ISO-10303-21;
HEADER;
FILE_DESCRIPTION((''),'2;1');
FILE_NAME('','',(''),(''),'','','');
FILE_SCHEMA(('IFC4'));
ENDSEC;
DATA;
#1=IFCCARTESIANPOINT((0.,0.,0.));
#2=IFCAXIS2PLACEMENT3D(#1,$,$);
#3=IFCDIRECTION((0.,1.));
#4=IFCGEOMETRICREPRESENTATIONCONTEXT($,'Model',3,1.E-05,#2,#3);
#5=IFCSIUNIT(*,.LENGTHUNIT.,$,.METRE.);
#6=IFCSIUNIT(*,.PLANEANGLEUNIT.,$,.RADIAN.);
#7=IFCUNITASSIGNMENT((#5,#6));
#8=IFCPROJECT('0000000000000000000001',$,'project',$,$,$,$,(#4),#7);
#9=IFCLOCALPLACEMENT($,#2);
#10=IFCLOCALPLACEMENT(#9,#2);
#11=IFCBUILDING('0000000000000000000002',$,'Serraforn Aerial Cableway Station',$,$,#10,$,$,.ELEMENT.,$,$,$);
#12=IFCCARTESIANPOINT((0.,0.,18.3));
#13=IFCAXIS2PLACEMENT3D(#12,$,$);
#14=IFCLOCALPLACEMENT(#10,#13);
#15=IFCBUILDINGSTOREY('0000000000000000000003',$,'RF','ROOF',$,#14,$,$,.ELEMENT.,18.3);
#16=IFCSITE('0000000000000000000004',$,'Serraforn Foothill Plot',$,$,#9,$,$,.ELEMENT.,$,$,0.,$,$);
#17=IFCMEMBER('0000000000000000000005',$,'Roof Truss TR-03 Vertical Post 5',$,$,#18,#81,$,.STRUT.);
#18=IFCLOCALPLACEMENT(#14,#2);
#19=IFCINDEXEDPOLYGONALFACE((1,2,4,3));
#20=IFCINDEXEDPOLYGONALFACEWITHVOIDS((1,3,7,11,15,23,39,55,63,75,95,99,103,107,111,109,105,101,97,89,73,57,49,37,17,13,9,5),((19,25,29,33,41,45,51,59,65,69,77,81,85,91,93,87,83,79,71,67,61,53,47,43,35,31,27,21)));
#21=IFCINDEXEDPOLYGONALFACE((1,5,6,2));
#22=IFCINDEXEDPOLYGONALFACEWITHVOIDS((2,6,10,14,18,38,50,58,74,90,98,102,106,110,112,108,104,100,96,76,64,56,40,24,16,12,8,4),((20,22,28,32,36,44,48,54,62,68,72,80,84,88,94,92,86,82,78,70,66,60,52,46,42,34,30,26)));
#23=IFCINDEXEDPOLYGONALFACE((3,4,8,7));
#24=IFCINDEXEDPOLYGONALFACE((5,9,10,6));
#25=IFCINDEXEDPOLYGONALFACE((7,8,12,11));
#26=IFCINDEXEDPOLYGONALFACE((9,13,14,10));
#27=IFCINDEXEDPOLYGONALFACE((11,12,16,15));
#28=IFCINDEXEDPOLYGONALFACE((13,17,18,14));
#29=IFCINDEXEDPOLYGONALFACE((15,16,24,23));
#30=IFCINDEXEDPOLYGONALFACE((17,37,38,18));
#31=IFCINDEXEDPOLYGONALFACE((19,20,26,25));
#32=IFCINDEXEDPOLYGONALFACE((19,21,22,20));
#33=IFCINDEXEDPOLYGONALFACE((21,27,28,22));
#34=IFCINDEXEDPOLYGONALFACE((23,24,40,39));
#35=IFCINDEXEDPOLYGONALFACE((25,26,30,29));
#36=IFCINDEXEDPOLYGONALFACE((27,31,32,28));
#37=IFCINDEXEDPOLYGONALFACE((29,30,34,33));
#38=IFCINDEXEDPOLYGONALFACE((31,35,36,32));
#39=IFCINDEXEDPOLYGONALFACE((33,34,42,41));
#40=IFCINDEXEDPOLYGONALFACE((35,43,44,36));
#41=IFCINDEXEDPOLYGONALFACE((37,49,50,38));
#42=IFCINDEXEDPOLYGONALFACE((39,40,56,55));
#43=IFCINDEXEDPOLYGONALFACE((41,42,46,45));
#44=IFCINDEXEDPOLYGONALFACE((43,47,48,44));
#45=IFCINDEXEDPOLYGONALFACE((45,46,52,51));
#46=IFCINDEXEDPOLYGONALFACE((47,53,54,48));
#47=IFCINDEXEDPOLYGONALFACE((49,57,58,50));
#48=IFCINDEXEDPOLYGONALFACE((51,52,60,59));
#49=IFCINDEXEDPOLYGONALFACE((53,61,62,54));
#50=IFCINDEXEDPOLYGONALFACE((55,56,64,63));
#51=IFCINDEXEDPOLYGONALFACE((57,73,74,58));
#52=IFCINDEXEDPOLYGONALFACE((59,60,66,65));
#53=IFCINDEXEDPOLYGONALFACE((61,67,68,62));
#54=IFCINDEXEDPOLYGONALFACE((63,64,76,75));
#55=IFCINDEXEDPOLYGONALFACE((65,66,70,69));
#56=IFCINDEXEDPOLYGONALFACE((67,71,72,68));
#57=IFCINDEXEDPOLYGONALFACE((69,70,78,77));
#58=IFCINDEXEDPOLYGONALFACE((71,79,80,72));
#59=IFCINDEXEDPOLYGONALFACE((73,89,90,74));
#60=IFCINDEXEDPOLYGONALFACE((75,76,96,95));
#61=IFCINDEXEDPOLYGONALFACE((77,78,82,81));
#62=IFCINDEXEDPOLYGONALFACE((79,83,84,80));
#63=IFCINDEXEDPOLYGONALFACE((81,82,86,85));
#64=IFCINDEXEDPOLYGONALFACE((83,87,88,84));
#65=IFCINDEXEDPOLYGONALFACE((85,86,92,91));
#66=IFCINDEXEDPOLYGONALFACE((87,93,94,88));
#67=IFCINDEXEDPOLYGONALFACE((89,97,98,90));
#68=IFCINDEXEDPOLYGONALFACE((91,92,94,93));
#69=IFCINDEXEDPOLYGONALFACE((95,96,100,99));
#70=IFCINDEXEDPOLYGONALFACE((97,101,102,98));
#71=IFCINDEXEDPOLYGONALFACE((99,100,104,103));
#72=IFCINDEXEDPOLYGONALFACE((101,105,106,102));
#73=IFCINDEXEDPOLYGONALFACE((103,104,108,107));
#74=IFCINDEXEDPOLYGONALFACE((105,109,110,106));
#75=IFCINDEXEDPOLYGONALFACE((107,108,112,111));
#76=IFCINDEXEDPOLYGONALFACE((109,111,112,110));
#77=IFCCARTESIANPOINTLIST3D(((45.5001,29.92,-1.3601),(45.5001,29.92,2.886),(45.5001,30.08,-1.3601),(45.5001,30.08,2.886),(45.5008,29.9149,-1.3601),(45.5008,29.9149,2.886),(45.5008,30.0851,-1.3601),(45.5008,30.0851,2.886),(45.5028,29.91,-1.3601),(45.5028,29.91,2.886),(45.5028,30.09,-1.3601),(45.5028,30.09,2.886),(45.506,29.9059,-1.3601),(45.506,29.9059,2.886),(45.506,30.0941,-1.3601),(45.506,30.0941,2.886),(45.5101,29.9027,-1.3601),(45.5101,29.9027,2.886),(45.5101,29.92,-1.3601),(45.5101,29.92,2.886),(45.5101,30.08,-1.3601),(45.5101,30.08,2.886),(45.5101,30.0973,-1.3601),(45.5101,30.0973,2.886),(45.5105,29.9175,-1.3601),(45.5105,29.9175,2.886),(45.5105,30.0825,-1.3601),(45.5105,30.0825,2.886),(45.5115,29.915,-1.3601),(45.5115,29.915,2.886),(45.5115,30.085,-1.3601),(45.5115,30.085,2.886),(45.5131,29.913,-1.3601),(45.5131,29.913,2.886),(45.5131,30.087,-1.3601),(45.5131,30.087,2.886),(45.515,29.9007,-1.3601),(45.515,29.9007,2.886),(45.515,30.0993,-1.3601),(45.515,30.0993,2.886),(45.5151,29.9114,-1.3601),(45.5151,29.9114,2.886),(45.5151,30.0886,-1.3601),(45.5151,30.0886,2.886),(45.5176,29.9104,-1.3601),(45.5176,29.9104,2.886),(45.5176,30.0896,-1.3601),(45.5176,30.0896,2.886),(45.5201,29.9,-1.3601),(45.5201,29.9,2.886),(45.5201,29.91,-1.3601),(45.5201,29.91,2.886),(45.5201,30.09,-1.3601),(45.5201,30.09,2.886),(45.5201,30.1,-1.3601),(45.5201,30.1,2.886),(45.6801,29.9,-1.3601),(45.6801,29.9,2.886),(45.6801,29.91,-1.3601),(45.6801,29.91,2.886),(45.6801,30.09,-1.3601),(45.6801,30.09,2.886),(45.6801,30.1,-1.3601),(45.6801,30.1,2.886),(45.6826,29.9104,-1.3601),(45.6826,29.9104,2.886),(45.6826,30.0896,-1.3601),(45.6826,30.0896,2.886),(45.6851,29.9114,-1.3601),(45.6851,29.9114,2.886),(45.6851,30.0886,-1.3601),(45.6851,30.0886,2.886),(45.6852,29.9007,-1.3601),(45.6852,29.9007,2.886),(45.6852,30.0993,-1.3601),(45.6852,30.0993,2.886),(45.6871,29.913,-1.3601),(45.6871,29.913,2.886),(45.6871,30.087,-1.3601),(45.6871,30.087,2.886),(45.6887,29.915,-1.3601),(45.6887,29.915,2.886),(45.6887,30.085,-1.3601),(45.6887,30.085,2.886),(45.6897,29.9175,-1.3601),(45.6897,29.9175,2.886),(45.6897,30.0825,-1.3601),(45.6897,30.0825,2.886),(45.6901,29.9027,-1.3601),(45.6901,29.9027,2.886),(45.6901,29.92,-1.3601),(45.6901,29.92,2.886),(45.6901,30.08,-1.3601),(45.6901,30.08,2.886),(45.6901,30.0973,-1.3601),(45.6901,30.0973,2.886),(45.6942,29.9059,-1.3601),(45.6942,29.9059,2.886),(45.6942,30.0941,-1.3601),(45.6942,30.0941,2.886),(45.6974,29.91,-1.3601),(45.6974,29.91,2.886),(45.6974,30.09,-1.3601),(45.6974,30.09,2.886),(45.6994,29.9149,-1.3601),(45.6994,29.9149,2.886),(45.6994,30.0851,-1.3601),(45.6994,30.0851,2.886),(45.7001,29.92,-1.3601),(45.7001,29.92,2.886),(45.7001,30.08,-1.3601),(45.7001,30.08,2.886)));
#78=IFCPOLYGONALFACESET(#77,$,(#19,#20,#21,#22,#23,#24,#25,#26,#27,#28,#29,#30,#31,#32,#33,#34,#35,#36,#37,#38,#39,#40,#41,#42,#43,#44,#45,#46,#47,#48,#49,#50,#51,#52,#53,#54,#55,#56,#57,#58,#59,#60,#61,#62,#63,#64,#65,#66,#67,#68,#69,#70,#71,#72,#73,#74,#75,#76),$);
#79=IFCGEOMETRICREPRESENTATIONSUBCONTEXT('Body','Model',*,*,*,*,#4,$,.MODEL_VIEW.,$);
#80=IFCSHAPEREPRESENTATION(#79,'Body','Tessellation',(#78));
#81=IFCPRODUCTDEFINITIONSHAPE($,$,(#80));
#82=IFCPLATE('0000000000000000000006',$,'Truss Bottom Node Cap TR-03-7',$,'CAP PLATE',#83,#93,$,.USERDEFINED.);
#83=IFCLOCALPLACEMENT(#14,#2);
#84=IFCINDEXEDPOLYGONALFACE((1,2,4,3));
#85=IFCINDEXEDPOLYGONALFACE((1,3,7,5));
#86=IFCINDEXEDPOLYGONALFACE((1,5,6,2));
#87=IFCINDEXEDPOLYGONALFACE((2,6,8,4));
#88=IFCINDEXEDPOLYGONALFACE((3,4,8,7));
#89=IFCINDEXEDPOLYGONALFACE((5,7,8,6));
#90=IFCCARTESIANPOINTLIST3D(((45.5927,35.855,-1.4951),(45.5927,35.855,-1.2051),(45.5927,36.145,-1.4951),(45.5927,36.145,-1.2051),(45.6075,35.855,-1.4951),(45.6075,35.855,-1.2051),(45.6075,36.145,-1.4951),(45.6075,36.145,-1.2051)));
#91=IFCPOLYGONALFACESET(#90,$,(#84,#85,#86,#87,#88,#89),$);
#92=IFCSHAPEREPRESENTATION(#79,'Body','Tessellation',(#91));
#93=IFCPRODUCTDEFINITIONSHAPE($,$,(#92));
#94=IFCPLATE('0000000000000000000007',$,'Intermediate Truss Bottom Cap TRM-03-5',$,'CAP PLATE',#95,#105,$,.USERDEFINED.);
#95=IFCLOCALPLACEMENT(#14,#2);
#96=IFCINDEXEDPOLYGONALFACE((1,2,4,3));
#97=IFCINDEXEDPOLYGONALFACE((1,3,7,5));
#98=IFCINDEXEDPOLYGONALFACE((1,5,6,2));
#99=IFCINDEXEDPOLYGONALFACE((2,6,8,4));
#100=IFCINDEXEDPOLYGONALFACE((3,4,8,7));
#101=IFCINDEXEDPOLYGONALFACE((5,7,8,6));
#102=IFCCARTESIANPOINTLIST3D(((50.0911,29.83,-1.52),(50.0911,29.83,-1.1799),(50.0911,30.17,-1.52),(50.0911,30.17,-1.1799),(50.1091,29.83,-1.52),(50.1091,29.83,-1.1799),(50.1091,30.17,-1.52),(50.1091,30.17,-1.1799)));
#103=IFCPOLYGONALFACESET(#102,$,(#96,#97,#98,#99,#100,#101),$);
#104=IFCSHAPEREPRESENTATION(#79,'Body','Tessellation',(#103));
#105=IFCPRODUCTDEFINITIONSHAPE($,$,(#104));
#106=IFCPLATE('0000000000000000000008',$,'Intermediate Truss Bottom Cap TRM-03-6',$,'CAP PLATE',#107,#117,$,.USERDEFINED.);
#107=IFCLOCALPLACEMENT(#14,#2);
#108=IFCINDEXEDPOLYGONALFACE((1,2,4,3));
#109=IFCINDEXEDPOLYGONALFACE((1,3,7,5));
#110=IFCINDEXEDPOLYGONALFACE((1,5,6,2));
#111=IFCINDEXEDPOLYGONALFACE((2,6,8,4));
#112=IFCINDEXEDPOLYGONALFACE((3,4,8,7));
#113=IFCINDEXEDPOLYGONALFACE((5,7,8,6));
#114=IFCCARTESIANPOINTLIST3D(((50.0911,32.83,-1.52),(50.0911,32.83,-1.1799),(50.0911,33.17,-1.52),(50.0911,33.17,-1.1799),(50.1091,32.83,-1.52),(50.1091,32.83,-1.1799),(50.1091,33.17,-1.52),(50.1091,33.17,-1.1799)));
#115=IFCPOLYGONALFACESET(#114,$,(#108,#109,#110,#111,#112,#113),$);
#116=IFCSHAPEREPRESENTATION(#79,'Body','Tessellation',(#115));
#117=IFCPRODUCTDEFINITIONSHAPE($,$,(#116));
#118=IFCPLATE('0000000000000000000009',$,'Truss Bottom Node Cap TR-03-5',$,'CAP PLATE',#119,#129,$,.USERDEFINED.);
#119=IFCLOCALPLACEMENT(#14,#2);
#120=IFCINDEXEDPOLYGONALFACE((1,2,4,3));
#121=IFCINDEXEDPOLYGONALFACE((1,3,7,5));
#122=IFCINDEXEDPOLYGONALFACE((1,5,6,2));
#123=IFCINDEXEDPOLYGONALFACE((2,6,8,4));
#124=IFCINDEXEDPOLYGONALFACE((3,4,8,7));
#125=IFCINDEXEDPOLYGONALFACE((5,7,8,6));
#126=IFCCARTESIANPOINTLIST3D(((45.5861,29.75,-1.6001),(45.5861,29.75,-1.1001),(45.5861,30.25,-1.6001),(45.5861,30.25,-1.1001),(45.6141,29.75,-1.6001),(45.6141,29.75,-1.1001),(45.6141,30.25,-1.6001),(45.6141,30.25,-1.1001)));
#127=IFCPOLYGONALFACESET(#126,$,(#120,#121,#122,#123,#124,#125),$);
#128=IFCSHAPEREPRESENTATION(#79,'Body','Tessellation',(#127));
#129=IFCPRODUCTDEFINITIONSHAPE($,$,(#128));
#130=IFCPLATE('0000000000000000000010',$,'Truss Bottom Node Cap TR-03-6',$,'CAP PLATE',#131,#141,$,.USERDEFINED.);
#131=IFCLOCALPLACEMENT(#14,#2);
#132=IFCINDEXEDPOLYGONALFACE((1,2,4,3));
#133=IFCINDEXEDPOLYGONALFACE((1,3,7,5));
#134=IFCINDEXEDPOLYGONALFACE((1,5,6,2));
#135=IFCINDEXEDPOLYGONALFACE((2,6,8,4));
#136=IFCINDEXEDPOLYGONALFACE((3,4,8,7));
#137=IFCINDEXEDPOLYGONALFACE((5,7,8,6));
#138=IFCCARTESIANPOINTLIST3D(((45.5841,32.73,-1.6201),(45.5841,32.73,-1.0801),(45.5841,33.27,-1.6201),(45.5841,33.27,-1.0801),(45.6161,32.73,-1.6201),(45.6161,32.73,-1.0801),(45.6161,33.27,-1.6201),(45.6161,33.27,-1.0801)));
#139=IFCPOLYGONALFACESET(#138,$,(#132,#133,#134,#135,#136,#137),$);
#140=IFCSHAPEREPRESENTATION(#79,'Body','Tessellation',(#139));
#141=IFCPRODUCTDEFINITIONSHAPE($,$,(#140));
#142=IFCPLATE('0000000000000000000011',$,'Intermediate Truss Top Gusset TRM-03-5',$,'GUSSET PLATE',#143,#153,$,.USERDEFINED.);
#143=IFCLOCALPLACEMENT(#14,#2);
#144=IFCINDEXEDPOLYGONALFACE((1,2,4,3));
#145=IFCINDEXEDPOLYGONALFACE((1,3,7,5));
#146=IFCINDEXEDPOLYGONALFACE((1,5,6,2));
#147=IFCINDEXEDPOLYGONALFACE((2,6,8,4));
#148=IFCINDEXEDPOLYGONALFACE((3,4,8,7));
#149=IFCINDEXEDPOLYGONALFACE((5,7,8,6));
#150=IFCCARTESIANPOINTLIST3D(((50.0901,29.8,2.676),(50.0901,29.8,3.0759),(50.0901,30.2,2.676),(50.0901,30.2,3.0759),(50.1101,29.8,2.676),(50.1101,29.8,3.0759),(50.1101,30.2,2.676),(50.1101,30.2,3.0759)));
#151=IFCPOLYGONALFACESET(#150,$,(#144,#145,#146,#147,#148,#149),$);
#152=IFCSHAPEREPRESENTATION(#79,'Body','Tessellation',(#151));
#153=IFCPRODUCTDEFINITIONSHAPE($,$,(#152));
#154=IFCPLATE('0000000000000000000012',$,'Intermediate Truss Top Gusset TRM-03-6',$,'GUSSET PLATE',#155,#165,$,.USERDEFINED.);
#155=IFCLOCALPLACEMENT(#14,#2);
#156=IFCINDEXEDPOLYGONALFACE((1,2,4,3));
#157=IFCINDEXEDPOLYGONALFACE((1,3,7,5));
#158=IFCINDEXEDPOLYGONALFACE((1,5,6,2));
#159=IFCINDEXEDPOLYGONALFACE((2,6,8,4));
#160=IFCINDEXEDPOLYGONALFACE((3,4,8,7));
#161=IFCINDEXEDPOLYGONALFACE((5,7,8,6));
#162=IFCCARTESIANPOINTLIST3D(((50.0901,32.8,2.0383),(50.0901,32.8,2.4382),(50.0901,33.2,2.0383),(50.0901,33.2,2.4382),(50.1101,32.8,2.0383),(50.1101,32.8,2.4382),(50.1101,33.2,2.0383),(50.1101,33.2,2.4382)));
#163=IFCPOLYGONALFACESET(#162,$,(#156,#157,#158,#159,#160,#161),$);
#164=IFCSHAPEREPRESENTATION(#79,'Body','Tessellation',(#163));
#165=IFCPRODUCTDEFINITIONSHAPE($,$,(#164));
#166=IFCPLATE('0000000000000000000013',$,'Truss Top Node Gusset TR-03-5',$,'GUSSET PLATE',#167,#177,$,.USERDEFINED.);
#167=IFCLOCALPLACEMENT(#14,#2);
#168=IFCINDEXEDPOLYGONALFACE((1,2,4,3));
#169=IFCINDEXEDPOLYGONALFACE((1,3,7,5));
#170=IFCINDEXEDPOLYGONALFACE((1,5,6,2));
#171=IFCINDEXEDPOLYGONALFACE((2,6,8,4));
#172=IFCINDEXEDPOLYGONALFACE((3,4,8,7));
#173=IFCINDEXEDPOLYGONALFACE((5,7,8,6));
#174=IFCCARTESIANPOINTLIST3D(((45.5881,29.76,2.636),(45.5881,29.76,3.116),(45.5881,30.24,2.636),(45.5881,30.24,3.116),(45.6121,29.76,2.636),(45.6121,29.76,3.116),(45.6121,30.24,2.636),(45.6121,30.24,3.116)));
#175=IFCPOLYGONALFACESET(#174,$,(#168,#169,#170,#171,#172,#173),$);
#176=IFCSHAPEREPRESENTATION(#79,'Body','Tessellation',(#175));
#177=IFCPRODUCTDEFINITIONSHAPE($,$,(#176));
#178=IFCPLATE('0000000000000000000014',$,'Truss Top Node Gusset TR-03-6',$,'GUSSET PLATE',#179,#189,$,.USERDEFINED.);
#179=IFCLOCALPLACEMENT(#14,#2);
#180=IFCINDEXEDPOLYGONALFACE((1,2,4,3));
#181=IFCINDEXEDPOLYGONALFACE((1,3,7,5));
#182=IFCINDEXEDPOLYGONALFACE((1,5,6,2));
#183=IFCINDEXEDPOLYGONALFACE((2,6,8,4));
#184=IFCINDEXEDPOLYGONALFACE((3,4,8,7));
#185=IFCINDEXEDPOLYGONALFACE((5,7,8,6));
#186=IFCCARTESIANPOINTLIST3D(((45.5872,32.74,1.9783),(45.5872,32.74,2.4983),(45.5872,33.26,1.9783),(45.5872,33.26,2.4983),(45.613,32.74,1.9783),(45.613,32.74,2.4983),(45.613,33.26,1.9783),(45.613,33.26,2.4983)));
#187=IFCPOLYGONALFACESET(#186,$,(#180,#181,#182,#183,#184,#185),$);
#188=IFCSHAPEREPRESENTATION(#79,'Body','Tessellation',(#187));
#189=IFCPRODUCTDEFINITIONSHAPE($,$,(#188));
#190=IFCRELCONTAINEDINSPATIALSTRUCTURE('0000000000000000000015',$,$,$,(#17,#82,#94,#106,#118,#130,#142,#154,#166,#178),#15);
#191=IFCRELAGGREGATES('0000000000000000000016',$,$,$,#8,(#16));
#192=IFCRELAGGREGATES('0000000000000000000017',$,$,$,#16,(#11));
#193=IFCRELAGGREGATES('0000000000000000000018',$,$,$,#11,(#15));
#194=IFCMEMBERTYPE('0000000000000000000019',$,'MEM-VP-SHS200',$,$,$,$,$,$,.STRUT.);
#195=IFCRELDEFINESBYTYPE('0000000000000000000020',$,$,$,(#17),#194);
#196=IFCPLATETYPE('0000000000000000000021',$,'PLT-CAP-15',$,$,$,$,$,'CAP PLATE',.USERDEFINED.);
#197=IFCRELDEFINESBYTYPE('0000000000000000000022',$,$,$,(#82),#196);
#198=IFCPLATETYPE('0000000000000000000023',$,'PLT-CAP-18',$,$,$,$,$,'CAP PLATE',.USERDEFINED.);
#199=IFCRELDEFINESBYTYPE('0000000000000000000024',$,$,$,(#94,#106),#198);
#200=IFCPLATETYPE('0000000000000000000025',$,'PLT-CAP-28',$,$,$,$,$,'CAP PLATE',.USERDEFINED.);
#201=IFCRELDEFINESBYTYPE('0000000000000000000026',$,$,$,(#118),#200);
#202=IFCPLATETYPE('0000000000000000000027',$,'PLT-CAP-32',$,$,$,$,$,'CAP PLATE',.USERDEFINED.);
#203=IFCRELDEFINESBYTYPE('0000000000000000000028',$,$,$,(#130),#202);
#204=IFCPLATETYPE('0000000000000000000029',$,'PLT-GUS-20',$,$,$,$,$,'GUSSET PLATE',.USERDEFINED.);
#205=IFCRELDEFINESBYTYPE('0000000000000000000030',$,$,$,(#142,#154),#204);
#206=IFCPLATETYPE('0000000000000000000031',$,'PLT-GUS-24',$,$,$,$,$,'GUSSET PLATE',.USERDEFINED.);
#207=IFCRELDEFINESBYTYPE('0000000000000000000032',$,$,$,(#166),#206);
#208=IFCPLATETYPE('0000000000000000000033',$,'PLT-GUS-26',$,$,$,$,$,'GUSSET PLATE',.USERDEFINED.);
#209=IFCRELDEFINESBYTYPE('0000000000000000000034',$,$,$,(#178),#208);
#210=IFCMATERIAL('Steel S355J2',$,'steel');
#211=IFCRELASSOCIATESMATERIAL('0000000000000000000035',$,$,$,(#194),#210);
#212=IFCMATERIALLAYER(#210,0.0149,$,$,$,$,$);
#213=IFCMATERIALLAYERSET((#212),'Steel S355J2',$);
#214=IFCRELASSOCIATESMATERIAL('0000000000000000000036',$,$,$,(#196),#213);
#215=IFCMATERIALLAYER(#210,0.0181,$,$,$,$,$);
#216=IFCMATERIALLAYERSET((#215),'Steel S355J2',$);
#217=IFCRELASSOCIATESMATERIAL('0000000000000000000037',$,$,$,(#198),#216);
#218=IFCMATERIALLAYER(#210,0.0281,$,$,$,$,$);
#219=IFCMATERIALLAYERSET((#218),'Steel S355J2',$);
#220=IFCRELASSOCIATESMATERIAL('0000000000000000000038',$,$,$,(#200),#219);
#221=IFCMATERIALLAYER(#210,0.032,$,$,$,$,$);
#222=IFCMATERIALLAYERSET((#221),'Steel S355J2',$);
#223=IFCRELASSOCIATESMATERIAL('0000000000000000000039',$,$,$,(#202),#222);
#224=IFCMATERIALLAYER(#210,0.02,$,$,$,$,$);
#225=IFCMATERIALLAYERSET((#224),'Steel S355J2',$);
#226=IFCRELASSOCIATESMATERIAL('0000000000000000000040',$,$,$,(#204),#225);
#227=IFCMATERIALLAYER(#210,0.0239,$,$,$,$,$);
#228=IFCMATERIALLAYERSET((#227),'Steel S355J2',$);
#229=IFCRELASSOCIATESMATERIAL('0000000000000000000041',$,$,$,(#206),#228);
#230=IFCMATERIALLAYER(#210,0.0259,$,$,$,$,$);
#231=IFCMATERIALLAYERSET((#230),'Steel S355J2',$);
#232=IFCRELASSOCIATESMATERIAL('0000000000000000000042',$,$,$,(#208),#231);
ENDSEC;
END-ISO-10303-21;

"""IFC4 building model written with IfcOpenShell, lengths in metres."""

from ifc_helpers import new_model, si_unit, direction, frame, origin, origin_2d, place, context, subcontext, project, spatial, rectangle, hollow_rectangle, extrude, material, layer, layer_set, material_profile, profile_set, type_object, element, save


model = new_model("IFC4")

# Units and contexts
model_context = context("Model", 3, precision=1e-05, world=origin(), true_north=direction((0.0, 1.0)))
body_context = subcontext(model_context, "Body", "Model", "MODEL_VIEW")
ifc_project = project(units=[si_unit("LENGTHUNIT", "METRE"), si_unit("PLANEANGLEUNIT", "RADIAN")], contexts=[model_context])

# Site, building, storey
site_placement = place(None, origin())
site = spatial("IfcSite", under=ifc_project, at=site_placement, Name="Serraforn Foothill Plot", CompositionType="ELEMENT", RefElevation=0.0)
building_placement = place(site_placement, origin())
building = spatial("IfcBuilding", under=site, at=building_placement, Name="Serraforn Aerial Cableway Station", CompositionType="ELEMENT")
storey_placement = place(building_placement, frame((0.0, 0.0, 18.3)))
storey = spatial("IfcBuildingStorey", under=building, at=storey_placement, Name="RF", Description="ROOF", CompositionType="ELEMENT", Elevation=18.3)

# Member
ifc_material_1 = material(Name="Steel S355J2", Category="steel")
ifc_material_profile_1 = material_profile(ifc_material_1, hollow_rectangle(XDim=0.2, YDim=0.2, WallThickness=0.01, InnerFilletRadius=0.01, OuterFilletRadius=0.02, at=origin_2d()), Name="SHS 200x200x10.0")
ifc_profile_set_1 = profile_set([ifc_material_profile_1], Name="Steel S355J2")
member_type_1 = type_object("IfcMemberType", Name="MEM-VP-SHS200", PredefinedType="STRUT", material=ifc_profile_set_1)
member_1_placement = place(storey_placement, frame((45.6001, 30.0, -1.3601), z_axis=(0.0, 0.0, 1.0), x_axis=(1.0, 0.0, 0.0)))
element("IfcMember", 1, at=member_1_placement, inside=storey, type_object=member_type_1, Name="Roof Truss TR-03 Vertical Post 5", PredefinedType="STRUT", context=body_context, shape_type="SweptSolid", body=[
    extrude(hollow_rectangle(XDim=0.2, YDim=0.2, WallThickness=0.01, InnerFilletRadius=0.01, OuterFilletRadius=0.02, at=origin_2d()), origin(), (0.0, 0.0, 1.0), 4.2461),
])

# Plates
ifc_layer_1 = layer(ifc_material_1, 0.0149)
ifc_layer_set_1 = layer_set([ifc_layer_1], Name="Steel S355J2")
plate_type_1 = type_object("IfcPlateType", Name="PLT-CAP-15", ElementType="CAP PLATE", PredefinedType="USERDEFINED", material=ifc_layer_set_1)
plate_1_placement = place(storey_placement, frame((45.6001, 36.0, -1.4951), z_axis=(0.0, 0.0, 1.0), x_axis=(1.0, 0.0, 0.0)))
element("IfcPlate", 2, at=plate_1_placement, inside=storey, type_object=plate_type_1, Name="Truss Bottom Node Cap TR-03-7", ObjectType="CAP PLATE", PredefinedType="USERDEFINED", context=body_context, shape_type="SweptSolid", body=[
    extrude(rectangle(XDim=0.0149, YDim=0.29, at=origin_2d()), origin(), (0.0, 0.0, 1.0), 0.29),
])
ifc_layer_2 = layer(ifc_material_1, 0.0181)
ifc_layer_set_2 = layer_set([ifc_layer_2], Name="Steel S355J2")
plate_type_2 = type_object("IfcPlateType", Name="PLT-CAP-18", ElementType="CAP PLATE", PredefinedType="USERDEFINED", material=ifc_layer_set_2)
for number, where, z_axis, x_axis, name in (
    (3, (50.1001, 30.0, -1.52), (0.0, 0.0, 1.0), (1.0, 0.0, 0.0), "Intermediate Truss Bottom Cap TRM-03-5"),
    (4, (50.1001, 33.0, -1.52), (0.0, 0.0, 1.0), (1.0, 0.0, 0.0), "Intermediate Truss Bottom Cap TRM-03-6"),
):
    element("IfcPlate", number, at=place(storey_placement, frame(where, z_axis=z_axis, x_axis=x_axis)), inside=storey, type_object=plate_type_2, Name=name, ObjectType="CAP PLATE", PredefinedType="USERDEFINED", context=body_context, shape_type="SweptSolid", body=[
        extrude(rectangle(XDim=0.0181, YDim=0.3401, at=origin_2d()), origin(), (0.0, 0.0, 1.0), 0.3401),
    ])
ifc_layer_3 = layer(ifc_material_1, 0.0281)
ifc_layer_set_3 = layer_set([ifc_layer_3], Name="Steel S355J2")
plate_type_3 = type_object("IfcPlateType", Name="PLT-CAP-28", ElementType="CAP PLATE", PredefinedType="USERDEFINED", material=ifc_layer_set_3)
plate_2_placement = place(storey_placement, frame((45.6001, 30.0, -1.6001), z_axis=(0.0, 0.0, 1.0), x_axis=(1.0, 0.0, 0.0)))
element("IfcPlate", 5, at=plate_2_placement, inside=storey, type_object=plate_type_3, Name="Truss Bottom Node Cap TR-03-5", ObjectType="CAP PLATE", PredefinedType="USERDEFINED", context=body_context, shape_type="SweptSolid", body=[
    extrude(rectangle(XDim=0.0281, YDim=0.5, at=origin_2d()), origin(), (0.0, 0.0, 1.0), 0.5),
])
ifc_layer_4 = layer(ifc_material_1, 0.032)
ifc_layer_set_4 = layer_set([ifc_layer_4], Name="Steel S355J2")
plate_type_4 = type_object("IfcPlateType", Name="PLT-CAP-32", ElementType="CAP PLATE", PredefinedType="USERDEFINED", material=ifc_layer_set_4)
plate_3_placement = place(storey_placement, frame((45.6001, 33.0, -1.6201), z_axis=(0.0, 0.0, 1.0), x_axis=(1.0, 0.0, 0.0)))
element("IfcPlate", 6, at=plate_3_placement, inside=storey, type_object=plate_type_4, Name="Truss Bottom Node Cap TR-03-6", ObjectType="CAP PLATE", PredefinedType="USERDEFINED", context=body_context, shape_type="SweptSolid", body=[
    extrude(rectangle(XDim=0.032, YDim=0.54, at=origin_2d()), origin(), (0.0, 0.0, 1.0), 0.54),
])
ifc_layer_5 = layer(ifc_material_1, 0.02)
ifc_layer_set_5 = layer_set([ifc_layer_5], Name="Steel S355J2")
plate_type_5 = type_object("IfcPlateType", Name="PLT-GUS-20", ElementType="GUSSET PLATE", PredefinedType="USERDEFINED", material=ifc_layer_set_5)
for number, where, z_axis, x_axis, name in (
    (7, (50.1001, 30.0, 2.676), (0.0, 0.0, 1.0), (1.0, 0.0, 0.0), "Intermediate Truss Top Gusset TRM-03-5"),
    (8, (50.1001, 33.0, 2.0383), (0.0, 0.0, 1.0), (1.0, 0.0, 0.0), "Intermediate Truss Top Gusset TRM-03-6"),
):
    element("IfcPlate", number, at=place(storey_placement, frame(where, z_axis=z_axis, x_axis=x_axis)), inside=storey, type_object=plate_type_5, Name=name, ObjectType="GUSSET PLATE", PredefinedType="USERDEFINED", context=body_context, shape_type="SweptSolid", body=[
        extrude(rectangle(XDim=0.02, YDim=0.3999, at=origin_2d()), origin(), (0.0, 0.0, 1.0), 0.3999),
    ])
ifc_layer_6 = layer(ifc_material_1, 0.0239)
ifc_layer_set_6 = layer_set([ifc_layer_6], Name="Steel S355J2")
plate_type_6 = type_object("IfcPlateType", Name="PLT-GUS-24", ElementType="GUSSET PLATE", PredefinedType="USERDEFINED", material=ifc_layer_set_6)
plate_4_placement = place(storey_placement, frame((45.6001, 30.0, 2.636), z_axis=(0.0, 0.0, 1.0), x_axis=(1.0, 0.0, 0.0)))
element("IfcPlate", 9, at=plate_4_placement, inside=storey, type_object=plate_type_6, Name="Truss Top Node Gusset TR-03-5", ObjectType="GUSSET PLATE", PredefinedType="USERDEFINED", context=body_context, shape_type="SweptSolid", body=[
    extrude(rectangle(XDim=0.0239, YDim=0.48, at=origin_2d()), origin(), (0.0, 0.0, 1.0), 0.48),
])
ifc_layer_7 = layer(ifc_material_1, 0.0259)
ifc_layer_set_7 = layer_set([ifc_layer_7], Name="Steel S355J2")
plate_type_7 = type_object("IfcPlateType", Name="PLT-GUS-26", ElementType="GUSSET PLATE", PredefinedType="USERDEFINED", material=ifc_layer_set_7)
plate_5_placement = place(storey_placement, frame((45.6001, 33.0, 1.9783), z_axis=(0.0, 0.0, 1.0), x_axis=(1.0, 0.0, 0.0)))
element("IfcPlate", 10, at=plate_5_placement, inside=storey, type_object=plate_type_7, Name="Truss Top Node Gusset TR-03-6", ObjectType="GUSSET PLATE", PredefinedType="USERDEFINED", context=body_context, shape_type="SweptSolid", body=[
    extrude(rectangle(XDim=0.0259, YDim=0.52, at=origin_2d()), origin(), (0.0, 0.0, 1.0), 0.52),
])

save(model, "model.ifc")
